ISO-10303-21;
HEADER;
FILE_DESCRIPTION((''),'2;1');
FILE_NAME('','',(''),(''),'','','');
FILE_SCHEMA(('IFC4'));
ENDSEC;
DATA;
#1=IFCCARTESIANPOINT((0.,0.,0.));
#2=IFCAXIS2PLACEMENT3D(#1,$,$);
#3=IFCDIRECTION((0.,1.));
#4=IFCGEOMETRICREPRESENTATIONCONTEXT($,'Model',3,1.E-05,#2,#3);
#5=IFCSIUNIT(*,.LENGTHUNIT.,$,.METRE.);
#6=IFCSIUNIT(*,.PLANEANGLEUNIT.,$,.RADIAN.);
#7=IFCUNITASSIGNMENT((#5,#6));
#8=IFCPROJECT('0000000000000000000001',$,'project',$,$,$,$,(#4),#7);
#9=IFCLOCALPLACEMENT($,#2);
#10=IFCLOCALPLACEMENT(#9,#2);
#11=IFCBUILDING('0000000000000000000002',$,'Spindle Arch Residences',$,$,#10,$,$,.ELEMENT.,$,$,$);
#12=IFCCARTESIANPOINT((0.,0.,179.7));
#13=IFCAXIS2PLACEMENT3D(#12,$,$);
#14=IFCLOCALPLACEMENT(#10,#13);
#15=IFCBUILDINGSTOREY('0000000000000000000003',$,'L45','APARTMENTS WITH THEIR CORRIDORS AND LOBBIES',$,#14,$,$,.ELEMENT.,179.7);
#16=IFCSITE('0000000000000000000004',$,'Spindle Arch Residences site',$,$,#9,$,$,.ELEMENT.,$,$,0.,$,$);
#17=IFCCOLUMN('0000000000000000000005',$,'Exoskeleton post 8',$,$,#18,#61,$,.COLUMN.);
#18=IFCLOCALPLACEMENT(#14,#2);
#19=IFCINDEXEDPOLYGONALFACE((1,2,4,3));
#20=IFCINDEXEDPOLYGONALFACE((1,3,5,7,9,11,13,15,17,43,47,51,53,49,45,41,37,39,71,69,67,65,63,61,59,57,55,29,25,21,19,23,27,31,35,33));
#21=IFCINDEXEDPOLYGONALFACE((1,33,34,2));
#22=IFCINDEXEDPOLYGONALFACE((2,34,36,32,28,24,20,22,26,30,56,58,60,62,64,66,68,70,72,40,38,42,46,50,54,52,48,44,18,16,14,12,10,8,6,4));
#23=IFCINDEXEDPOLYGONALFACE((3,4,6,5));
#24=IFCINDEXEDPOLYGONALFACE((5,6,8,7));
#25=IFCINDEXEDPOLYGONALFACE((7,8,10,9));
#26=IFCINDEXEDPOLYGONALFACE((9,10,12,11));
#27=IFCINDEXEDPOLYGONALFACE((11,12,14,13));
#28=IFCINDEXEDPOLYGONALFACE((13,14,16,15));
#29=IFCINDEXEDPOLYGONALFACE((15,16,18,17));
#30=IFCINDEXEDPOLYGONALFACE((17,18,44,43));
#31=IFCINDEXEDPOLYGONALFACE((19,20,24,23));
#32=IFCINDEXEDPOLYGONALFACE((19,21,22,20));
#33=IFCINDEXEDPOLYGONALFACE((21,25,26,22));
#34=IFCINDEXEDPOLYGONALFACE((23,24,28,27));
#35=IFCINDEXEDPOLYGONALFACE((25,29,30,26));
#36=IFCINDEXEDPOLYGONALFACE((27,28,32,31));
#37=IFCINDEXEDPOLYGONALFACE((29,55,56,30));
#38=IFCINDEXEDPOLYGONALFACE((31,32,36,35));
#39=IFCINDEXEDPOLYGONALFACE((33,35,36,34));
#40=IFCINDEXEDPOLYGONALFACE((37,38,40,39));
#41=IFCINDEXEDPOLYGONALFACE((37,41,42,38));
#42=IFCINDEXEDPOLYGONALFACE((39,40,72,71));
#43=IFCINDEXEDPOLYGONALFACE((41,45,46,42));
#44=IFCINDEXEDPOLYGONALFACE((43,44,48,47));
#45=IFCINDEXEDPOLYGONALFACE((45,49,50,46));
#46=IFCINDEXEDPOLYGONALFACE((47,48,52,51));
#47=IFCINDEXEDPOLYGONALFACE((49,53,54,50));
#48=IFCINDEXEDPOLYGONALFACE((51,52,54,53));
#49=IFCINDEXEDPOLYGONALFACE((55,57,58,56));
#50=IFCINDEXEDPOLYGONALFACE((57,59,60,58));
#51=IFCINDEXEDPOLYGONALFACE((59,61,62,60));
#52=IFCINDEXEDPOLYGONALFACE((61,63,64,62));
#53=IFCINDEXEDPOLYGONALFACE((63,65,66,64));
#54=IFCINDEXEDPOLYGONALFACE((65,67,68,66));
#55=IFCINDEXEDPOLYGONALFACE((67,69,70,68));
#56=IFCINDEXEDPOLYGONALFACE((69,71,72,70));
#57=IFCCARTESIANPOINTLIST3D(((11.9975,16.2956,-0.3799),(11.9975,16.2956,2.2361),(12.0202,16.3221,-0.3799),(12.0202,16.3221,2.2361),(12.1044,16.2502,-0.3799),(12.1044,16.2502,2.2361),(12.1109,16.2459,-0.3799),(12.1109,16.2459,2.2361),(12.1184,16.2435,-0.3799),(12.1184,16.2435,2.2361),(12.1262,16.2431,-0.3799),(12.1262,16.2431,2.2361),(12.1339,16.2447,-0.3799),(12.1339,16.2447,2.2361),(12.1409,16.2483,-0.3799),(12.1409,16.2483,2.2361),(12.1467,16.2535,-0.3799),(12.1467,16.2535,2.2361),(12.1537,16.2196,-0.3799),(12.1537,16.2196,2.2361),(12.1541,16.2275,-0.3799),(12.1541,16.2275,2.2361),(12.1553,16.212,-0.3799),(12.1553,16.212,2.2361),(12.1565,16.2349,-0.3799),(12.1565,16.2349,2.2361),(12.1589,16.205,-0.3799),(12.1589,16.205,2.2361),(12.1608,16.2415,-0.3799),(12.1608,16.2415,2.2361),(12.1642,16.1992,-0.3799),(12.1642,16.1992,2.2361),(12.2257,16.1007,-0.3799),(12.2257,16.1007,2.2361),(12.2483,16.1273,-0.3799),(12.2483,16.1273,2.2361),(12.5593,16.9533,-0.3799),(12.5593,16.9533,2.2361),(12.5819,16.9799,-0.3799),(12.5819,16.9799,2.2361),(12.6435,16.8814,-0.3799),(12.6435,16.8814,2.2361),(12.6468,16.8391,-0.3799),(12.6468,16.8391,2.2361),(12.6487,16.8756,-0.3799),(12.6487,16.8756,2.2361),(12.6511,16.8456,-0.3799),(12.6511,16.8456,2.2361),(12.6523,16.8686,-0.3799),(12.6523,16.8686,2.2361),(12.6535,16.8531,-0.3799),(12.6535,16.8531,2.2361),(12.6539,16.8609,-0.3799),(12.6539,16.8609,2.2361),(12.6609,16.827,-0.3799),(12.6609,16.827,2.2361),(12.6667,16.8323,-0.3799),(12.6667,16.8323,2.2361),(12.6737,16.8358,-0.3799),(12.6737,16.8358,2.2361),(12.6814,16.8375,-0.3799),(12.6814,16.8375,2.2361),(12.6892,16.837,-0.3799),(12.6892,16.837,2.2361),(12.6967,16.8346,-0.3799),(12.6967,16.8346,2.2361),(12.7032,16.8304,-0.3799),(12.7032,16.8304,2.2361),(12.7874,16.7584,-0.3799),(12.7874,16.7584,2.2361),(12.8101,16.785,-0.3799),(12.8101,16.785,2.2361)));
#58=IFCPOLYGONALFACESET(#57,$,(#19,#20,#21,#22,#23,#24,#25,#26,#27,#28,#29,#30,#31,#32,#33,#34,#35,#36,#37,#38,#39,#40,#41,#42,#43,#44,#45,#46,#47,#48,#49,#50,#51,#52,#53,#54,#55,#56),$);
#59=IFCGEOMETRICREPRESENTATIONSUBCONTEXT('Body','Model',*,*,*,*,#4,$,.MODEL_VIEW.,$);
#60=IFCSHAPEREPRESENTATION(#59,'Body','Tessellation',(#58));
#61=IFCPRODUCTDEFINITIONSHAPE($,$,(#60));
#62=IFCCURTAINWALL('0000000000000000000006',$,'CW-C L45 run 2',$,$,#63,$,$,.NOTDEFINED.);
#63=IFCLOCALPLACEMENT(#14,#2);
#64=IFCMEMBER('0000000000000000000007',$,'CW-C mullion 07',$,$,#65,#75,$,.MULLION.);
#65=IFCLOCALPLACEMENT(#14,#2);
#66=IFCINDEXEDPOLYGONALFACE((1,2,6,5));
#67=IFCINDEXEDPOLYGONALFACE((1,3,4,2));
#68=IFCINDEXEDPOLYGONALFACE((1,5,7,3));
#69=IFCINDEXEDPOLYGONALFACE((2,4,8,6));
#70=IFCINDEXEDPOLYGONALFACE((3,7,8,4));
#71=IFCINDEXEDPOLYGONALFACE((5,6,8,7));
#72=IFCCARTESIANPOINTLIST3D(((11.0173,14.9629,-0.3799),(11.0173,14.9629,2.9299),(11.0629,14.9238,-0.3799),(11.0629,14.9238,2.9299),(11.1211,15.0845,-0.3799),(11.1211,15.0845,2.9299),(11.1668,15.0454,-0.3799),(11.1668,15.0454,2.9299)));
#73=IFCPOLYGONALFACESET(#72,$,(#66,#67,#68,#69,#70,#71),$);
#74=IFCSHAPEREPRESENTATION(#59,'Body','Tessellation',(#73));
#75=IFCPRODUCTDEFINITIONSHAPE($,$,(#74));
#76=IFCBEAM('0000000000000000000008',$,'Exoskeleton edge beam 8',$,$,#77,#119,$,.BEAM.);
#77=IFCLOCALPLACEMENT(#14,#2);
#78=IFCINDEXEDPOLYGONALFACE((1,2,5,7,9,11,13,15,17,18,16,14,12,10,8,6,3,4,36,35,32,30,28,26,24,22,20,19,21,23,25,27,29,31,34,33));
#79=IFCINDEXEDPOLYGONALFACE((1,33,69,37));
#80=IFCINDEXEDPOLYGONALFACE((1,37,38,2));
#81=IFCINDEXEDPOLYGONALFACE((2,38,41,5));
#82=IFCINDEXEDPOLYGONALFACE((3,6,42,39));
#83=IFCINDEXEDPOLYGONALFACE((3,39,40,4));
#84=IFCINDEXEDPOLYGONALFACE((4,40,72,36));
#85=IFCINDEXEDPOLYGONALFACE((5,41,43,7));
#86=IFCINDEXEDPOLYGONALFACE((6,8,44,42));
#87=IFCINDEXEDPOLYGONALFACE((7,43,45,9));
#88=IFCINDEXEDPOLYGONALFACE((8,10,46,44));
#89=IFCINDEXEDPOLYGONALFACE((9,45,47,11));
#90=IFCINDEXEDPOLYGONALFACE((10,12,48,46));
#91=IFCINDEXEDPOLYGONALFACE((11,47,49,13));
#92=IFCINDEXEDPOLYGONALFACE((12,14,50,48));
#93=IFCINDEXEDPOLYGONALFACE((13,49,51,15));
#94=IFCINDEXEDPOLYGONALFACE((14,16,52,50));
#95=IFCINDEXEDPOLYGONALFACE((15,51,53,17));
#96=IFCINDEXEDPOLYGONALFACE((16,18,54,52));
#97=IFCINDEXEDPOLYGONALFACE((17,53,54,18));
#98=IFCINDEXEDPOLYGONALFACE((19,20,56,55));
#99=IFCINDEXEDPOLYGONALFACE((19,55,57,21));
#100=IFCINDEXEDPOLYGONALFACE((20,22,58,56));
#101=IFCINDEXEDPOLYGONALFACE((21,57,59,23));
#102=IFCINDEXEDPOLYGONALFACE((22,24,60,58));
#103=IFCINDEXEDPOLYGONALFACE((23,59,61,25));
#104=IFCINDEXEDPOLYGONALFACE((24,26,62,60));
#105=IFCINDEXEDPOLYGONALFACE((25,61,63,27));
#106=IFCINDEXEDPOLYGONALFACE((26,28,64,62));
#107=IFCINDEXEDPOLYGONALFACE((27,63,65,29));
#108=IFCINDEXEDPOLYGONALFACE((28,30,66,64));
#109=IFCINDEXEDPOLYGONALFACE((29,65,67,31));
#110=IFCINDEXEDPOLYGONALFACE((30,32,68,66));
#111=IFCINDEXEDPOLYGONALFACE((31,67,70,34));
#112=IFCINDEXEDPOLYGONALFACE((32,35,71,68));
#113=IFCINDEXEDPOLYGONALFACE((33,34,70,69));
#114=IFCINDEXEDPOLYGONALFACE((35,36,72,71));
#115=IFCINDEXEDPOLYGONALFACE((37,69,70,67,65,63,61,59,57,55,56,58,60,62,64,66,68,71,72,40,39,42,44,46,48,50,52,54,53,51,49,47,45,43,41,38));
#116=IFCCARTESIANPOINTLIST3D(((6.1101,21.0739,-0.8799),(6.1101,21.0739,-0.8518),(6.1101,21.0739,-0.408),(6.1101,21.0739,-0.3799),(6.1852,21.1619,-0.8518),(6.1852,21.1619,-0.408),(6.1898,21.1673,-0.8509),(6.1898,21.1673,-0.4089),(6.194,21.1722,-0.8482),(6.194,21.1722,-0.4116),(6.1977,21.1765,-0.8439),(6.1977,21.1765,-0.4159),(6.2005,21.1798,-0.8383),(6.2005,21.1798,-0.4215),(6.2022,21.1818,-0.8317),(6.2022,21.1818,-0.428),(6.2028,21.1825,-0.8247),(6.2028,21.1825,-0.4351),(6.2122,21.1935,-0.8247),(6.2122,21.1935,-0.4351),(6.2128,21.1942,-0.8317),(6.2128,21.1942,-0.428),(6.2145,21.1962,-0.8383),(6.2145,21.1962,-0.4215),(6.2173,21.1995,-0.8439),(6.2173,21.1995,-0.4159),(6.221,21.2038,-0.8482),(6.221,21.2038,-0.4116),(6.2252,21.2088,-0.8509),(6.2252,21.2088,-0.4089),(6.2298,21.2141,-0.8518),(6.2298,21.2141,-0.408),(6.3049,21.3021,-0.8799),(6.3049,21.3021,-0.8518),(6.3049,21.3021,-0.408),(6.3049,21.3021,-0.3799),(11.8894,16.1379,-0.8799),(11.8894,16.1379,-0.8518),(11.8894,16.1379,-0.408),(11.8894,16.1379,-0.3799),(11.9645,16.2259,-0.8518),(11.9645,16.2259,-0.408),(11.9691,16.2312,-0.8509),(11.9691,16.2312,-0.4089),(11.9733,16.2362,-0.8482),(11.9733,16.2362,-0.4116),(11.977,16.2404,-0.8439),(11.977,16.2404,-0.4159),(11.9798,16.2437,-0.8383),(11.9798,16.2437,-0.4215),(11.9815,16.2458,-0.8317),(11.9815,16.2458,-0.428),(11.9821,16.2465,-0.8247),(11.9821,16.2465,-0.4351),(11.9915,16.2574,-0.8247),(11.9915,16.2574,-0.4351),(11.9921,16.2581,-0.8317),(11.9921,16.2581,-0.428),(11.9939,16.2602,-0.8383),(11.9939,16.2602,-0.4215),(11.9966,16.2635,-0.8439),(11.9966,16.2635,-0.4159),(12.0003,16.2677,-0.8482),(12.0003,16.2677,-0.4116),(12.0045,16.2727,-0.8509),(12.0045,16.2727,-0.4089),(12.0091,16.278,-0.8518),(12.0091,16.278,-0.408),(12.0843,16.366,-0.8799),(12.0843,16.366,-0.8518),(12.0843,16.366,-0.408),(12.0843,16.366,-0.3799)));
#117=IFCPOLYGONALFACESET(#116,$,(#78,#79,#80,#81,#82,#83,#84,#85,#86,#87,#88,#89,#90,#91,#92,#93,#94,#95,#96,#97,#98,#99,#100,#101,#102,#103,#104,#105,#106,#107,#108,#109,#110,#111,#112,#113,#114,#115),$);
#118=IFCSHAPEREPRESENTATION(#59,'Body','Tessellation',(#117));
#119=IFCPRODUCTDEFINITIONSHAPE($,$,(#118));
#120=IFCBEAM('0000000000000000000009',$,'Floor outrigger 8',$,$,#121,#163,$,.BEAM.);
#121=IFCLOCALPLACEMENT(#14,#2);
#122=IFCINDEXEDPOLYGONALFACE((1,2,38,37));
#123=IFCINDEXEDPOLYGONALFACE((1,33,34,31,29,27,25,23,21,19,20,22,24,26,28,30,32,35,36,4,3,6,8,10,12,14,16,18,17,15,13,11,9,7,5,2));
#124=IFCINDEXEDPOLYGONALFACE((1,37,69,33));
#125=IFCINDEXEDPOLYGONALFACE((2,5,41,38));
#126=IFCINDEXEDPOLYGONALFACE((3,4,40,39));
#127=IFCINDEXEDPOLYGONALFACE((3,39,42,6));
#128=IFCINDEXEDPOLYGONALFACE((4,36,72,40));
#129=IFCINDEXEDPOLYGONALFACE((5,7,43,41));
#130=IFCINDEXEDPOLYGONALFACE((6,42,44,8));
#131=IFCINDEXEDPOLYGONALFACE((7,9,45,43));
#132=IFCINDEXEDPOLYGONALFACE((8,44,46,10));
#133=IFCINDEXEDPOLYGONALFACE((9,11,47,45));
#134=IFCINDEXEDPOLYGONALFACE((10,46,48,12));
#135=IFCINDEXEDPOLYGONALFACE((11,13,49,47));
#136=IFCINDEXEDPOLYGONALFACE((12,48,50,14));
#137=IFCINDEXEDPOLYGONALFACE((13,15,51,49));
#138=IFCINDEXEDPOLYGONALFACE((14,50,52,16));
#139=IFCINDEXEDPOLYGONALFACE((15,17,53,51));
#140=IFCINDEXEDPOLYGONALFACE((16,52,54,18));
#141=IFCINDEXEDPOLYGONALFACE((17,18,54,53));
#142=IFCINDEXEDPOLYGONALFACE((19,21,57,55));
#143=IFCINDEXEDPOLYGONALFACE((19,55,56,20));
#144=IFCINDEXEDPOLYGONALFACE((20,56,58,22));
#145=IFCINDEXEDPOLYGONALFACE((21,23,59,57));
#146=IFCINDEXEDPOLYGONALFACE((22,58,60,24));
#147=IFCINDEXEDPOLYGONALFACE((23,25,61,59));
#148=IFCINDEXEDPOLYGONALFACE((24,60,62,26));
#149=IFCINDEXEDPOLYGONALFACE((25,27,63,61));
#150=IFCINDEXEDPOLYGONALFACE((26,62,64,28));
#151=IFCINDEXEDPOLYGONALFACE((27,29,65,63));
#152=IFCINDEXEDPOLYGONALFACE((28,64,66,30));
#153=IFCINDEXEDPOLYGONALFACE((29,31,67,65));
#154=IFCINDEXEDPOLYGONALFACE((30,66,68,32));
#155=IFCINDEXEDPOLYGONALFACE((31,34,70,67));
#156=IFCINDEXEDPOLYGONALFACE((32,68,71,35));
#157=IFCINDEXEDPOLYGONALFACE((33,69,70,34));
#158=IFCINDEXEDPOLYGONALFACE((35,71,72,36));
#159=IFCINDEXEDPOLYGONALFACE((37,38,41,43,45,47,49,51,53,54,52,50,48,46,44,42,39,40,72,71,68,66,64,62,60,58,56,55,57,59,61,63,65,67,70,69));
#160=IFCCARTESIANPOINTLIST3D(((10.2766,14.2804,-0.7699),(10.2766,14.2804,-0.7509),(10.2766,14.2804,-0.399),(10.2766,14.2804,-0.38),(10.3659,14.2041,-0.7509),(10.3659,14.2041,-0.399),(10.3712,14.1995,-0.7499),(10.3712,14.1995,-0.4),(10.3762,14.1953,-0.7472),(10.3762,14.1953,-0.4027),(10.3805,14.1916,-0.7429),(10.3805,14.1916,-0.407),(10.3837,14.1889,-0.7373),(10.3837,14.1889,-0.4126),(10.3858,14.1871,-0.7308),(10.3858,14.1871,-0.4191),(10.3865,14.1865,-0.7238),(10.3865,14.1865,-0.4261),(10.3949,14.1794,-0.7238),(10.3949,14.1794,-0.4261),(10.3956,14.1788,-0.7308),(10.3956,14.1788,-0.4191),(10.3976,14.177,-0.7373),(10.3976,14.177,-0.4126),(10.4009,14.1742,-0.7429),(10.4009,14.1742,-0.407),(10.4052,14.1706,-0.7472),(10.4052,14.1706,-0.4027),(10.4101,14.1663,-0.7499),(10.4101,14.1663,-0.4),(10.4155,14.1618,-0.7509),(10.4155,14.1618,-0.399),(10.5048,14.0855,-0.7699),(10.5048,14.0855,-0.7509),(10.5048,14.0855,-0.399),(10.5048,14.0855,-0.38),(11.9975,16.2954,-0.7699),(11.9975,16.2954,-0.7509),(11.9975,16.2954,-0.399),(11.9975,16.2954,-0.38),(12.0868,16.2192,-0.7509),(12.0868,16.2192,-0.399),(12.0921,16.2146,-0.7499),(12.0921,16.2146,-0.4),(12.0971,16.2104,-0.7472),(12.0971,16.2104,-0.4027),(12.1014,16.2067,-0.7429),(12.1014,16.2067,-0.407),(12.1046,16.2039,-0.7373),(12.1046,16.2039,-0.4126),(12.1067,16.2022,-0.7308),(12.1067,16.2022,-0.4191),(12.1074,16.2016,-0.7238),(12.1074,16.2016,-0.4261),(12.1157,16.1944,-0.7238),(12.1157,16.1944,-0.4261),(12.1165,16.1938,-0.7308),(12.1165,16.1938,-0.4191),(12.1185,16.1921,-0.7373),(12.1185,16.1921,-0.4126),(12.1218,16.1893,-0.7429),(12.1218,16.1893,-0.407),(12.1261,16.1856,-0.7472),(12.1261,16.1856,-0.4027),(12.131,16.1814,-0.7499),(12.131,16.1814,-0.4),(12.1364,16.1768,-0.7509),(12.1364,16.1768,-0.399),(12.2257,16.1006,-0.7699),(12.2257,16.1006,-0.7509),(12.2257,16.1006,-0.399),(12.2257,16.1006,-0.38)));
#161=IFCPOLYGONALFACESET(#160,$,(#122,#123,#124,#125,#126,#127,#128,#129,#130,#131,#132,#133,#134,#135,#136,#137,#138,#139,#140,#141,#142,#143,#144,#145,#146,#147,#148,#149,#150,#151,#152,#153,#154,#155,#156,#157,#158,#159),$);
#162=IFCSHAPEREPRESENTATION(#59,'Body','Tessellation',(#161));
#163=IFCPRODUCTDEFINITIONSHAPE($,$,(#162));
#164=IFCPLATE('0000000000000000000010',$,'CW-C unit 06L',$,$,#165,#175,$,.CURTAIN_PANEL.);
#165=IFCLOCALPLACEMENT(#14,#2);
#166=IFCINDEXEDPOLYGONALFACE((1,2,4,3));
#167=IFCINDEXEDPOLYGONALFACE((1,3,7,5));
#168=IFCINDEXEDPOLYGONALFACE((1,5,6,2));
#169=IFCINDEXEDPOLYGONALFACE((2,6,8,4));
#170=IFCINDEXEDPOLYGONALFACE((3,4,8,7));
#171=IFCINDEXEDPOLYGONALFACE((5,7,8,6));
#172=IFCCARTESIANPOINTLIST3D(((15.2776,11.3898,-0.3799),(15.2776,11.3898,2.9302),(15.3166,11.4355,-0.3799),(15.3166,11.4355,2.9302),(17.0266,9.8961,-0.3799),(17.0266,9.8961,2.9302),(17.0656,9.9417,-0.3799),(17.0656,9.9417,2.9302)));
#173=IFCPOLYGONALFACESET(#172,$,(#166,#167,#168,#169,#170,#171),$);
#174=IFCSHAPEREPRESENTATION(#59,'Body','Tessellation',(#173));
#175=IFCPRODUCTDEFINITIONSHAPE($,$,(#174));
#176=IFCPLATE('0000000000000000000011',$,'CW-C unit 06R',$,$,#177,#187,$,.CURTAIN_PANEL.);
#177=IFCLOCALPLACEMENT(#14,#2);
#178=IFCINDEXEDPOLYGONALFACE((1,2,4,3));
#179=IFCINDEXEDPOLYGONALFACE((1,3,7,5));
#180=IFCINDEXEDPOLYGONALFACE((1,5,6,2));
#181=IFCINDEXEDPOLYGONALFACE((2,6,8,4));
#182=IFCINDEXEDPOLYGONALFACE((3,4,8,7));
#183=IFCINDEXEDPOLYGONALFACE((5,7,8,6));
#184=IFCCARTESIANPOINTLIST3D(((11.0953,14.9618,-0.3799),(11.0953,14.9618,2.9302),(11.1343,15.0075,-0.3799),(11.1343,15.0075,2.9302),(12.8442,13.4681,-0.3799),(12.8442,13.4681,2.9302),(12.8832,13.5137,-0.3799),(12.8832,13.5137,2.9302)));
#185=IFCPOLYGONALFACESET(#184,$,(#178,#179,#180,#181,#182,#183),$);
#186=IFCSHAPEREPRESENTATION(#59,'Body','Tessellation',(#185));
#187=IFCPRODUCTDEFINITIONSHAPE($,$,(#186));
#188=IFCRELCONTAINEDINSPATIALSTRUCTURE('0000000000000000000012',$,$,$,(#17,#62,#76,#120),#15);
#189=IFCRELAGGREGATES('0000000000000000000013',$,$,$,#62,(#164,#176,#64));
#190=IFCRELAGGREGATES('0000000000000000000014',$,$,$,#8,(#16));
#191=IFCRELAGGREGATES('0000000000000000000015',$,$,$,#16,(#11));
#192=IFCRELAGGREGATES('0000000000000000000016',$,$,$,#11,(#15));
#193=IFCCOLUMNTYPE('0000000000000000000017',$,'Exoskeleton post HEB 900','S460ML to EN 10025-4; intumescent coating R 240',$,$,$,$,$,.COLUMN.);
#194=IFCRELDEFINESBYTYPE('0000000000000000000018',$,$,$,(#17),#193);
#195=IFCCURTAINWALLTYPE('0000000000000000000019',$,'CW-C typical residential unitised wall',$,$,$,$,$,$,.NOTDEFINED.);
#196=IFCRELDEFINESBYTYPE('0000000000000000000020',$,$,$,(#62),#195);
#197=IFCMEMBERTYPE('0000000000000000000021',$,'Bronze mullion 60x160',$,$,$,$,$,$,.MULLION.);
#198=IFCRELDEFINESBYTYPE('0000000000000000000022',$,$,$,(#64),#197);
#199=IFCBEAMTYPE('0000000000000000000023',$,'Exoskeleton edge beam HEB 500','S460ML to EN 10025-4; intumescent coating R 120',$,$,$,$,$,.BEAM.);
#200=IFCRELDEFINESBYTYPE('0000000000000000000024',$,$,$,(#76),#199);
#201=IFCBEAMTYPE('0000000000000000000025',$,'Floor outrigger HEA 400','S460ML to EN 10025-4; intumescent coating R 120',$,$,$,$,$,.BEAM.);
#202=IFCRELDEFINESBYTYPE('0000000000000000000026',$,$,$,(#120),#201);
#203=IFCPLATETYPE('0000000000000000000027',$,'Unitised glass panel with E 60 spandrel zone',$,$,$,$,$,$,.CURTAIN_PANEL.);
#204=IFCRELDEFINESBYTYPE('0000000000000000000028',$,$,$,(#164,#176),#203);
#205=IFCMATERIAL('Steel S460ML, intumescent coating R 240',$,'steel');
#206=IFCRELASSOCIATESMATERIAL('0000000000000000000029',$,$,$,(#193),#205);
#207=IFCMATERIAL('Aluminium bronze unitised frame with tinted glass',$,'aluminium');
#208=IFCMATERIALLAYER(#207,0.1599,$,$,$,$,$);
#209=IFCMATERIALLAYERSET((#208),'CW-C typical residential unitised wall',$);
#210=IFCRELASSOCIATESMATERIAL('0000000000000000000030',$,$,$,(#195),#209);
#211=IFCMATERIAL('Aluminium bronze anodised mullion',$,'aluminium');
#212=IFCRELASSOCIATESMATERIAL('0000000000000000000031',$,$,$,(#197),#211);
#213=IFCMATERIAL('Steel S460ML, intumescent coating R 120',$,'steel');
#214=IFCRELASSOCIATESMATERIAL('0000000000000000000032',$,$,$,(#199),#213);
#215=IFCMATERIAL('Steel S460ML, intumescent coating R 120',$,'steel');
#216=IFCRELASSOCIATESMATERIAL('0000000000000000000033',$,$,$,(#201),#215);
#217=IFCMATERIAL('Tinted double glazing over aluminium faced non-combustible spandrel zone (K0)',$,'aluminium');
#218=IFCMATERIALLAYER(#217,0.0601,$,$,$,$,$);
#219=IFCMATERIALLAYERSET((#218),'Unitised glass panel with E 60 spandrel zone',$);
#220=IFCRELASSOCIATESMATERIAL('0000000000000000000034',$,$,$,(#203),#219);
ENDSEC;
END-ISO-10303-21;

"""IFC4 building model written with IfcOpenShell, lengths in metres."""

from ifc_helpers import new_model, si_unit, direction, frame, origin, origin_2d, place, context, subcontext, project, spatial, rectangle, i_section, extrude, material, layer, layer_set, material_profile, profile_set, type_object, element, aggregate, save


model = new_model("IFC4")

# Units and contexts
model_context = context("Model", 3, precision=1e-05, world=origin(), true_north=direction((0.0, 1.0)))
body_context = subcontext(model_context, "Body", "Model", "MODEL_VIEW")
ifc_project = project(units=[si_unit("LENGTHUNIT", "METRE"), si_unit("PLANEANGLEUNIT", "RADIAN")], contexts=[model_context])

# Site, building, storey
site_placement = place(None, origin())
site = spatial("IfcSite", under=ifc_project, at=site_placement, Name="Spindle Arch Residences site", CompositionType="ELEMENT", RefElevation=0.0)
building_placement = place(site_placement, origin())
building = spatial("IfcBuilding", under=site, at=building_placement, Name="Spindle Arch Residences", CompositionType="ELEMENT")
storey_placement = place(building_placement, frame((0.0, 0.0, 179.7)))
storey = spatial("IfcBuildingStorey", under=building, at=storey_placement, Name="L45", Description="APARTMENTS WITH THEIR CORRIDORS AND LOBBIES", CompositionType="ELEMENT", Elevation=179.7)

# Column
ifc_material_1 = material(Name="Steel S460ML, intumescent coating R 240", Category="steel")
ifc_material_profile_1 = material_profile(ifc_material_1, i_section(OverallWidth=0.3, OverallDepth=0.8999, WebThickness=0.0186, FlangeThickness=0.0349, FilletRadius=0.03, at=origin_2d()), Name="HEB 900")
ifc_profile_set_1 = profile_set([ifc_material_profile_1], Name="Steel S460ML, intumescent coating R 240")
column_type = type_object("IfcColumnType", Name="Exoskeleton post HEB 900", Description="S460ML to EN 10025-4; intumescent coating R 240", PredefinedType="COLUMN", material=ifc_profile_set_1)
column_placement = place(storey_placement, frame((12.4038, 16.5403, -0.3799), z_axis=(0.0, 0.0, 1.0), x_axis=(0.760406, -0.649448, 0.0)))
element("IfcColumn", 1, at=column_placement, inside=storey, type_object=column_type, Name="Exoskeleton post 8", PredefinedType="COLUMN", context=body_context, shape_type="SweptSolid", body=[
    extrude(i_section(OverallWidth=0.3, OverallDepth=0.8999, WebThickness=0.0186, FlangeThickness=0.0349, FilletRadius=0.03, at=origin_2d()), origin(), (0.0, 0.0, 1.0), 2.616),
])

# Curtain wall, member
ifc_material_2 = material(Name="Aluminium bronze unitised frame with tinted glass", Category="aluminium")
ifc_layer_1 = layer(ifc_material_2, 0.1599)
ifc_layer_set_1 = layer_set([ifc_layer_1], Name="CW-C typical residential unitised wall")
curtain_wall_type = type_object("IfcCurtainWallType", Name="CW-C typical residential unitised wall", PredefinedType="NOTDEFINED", material=ifc_layer_set_1)
curtain_wall_placement = place(storey_placement, origin())
curtain_wall = element("IfcCurtainWall", 2, at=curtain_wall_placement, inside=storey, type_object=curtain_wall_type, Name="CW-C L45 run 2", PredefinedType="NOTDEFINED")
ifc_material_3 = material(Name="Aluminium bronze anodised mullion", Category="aluminium")
ifc_material_profile_2 = material_profile(ifc_material_3, rectangle(XDim=0.1599, YDim=0.0601, at=origin_2d()), Name="MU 60x160")
ifc_profile_set_2 = profile_set([ifc_material_profile_2], Name="Aluminium bronze anodised mullion")
member_type = type_object("IfcMemberType", Name="Bronze mullion 60x160", PredefinedType="MULLION", material=ifc_profile_set_2)
member_placement = place(storey_placement, frame((11.092, 15.0042, -0.3799), z_axis=(0.0, 0.0, 1.0), x_axis=(-0.649448, -0.760406, 0.0)))
member = element("IfcMember", 3, at=member_placement, type_object=member_type, Name="CW-C mullion 07", PredefinedType="MULLION", context=body_context, shape_type="SweptSolid", body=[
    extrude(rectangle(XDim=0.1599, YDim=0.0601, at=origin_2d()), origin(), (0.0, 0.0, 1.0), 3.3098),
])

# Beams
ifc_material_4 = material(Name="Steel S460ML, intumescent coating R 120", Category="steel")
ifc_material_profile_3 = material_profile(ifc_material_4, i_section(OverallWidth=0.3, OverallDepth=0.5, WebThickness=0.0144, FlangeThickness=0.0281, FilletRadius=0.0271, at=origin_2d()), Name="HEB 500")
ifc_profile_set_3 = profile_set([ifc_material_profile_3], Name="Steel S460ML, intumescent coating R 120")
beam_type_1 = type_object("IfcBeamType", Name="Exoskeleton edge beam HEB 500", Description="S460ML to EN 10025-4; intumescent coating R 120", PredefinedType="BEAM", material=ifc_profile_set_3)
beam_1_placement = place(storey_placement, frame((11.9868, 16.252, -0.6299), z_axis=(-0.760403, 0.649452, 0.0), x_axis=(-0.649452, -0.760403, 0.0)))
element("IfcBeam", 4, at=beam_1_placement, inside=storey, type_object=beam_type_1, Name="Exoskeleton edge beam 8", PredefinedType="BEAM", context=body_context, shape_type="SweptSolid", body=[
    extrude(i_section(OverallWidth=0.3, OverallDepth=0.5, WebThickness=0.0144, FlangeThickness=0.0281, FilletRadius=0.0271, at=origin_2d()), origin(), (0.0, 0.0, 1.0), 7.6003),
])
ifc_material_5 = material(Name="Steel S460ML, intumescent coating R 120", Category="steel")
ifc_material_profile_4 = material_profile(ifc_material_5, i_section(OverallWidth=0.3, OverallDepth=0.3899, WebThickness=0.011, FlangeThickness=0.019, FilletRadius=0.0271, at=origin_2d()), Name="HEA 400")
ifc_profile_set_4 = profile_set([ifc_material_profile_4], Name="Steel S460ML, intumescent coating R 120")
beam_type_2 = type_object("IfcBeamType", Name="Floor outrigger HEA 400", Description="S460ML to EN 10025-4; intumescent coating R 120", PredefinedType="BEAM", material=ifc_profile_set_4)
beam_2_placement = place(storey_placement, frame((12.1116, 16.198, -0.575), z_axis=(-0.649417, -0.760432, 0.0), x_axis=(0.760432, -0.649417, 0.0)))
element("IfcBeam", 5, at=beam_2_placement, inside=storey, type_object=beam_type_2, Name="Floor outrigger 8", PredefinedType="BEAM", context=body_context, shape_type="SweptSolid", body=[
    extrude(i_section(OverallWidth=0.3, OverallDepth=0.3899, WebThickness=0.011, FlangeThickness=0.019, FilletRadius=0.0271, at=origin_2d()), origin(), (0.0, 0.0, 1.0), 2.6499),
])

# Plates
ifc_material_6 = material(Name="Tinted double glazing over aluminium faced non-combustible spandrel zone (K0)", Category="aluminium")
ifc_layer_2 = layer(ifc_material_6, 0.0601)
ifc_layer_set_2 = layer_set([ifc_layer_2], Name="Unitised glass panel with E 60 spandrel zone")
plate_type = type_object("IfcPlateType", Name="Unitised glass panel with E 60 spandrel zone", PredefinedType="CURTAIN_PANEL", material=ifc_layer_set_2)
plate_1_placement = place(storey_placement, frame((16.1716, 10.6658, -0.3799), z_axis=(0.0, 0.0, 1.0), x_axis=(-0.760406, 0.649448, 0.0)))
plate_1 = element("IfcPlate", 6, at=plate_1_placement, type_object=plate_type, Name="CW-C unit 06L", PredefinedType="CURTAIN_PANEL", context=body_context, shape_type="SweptSolid", body=[
    extrude(rectangle(XDim=2.3, YDim=0.0601, at=origin_2d()), origin(), (0.0, 0.0, 1.0), 3.3101),
])
plate_2_placement = place(storey_placement, frame((11.9893, 14.2378, -0.3799), z_axis=(0.0, 0.0, 1.0), x_axis=(-0.760406, 0.649448, 0.0)))
plate_2 = element("IfcPlate", 7, at=plate_2_placement, type_object=plate_type, Name="CW-C unit 06R", PredefinedType="CURTAIN_PANEL", context=body_context, shape_type="SweptSolid", body=[
    extrude(rectangle(XDim=2.3, YDim=0.0601, at=origin_2d()), origin(), (0.0, 0.0, 1.0), 3.3101),
])
aggregate(curtain_wall, [plate_1, plate_2, member])

save(model, "model.ifc")
